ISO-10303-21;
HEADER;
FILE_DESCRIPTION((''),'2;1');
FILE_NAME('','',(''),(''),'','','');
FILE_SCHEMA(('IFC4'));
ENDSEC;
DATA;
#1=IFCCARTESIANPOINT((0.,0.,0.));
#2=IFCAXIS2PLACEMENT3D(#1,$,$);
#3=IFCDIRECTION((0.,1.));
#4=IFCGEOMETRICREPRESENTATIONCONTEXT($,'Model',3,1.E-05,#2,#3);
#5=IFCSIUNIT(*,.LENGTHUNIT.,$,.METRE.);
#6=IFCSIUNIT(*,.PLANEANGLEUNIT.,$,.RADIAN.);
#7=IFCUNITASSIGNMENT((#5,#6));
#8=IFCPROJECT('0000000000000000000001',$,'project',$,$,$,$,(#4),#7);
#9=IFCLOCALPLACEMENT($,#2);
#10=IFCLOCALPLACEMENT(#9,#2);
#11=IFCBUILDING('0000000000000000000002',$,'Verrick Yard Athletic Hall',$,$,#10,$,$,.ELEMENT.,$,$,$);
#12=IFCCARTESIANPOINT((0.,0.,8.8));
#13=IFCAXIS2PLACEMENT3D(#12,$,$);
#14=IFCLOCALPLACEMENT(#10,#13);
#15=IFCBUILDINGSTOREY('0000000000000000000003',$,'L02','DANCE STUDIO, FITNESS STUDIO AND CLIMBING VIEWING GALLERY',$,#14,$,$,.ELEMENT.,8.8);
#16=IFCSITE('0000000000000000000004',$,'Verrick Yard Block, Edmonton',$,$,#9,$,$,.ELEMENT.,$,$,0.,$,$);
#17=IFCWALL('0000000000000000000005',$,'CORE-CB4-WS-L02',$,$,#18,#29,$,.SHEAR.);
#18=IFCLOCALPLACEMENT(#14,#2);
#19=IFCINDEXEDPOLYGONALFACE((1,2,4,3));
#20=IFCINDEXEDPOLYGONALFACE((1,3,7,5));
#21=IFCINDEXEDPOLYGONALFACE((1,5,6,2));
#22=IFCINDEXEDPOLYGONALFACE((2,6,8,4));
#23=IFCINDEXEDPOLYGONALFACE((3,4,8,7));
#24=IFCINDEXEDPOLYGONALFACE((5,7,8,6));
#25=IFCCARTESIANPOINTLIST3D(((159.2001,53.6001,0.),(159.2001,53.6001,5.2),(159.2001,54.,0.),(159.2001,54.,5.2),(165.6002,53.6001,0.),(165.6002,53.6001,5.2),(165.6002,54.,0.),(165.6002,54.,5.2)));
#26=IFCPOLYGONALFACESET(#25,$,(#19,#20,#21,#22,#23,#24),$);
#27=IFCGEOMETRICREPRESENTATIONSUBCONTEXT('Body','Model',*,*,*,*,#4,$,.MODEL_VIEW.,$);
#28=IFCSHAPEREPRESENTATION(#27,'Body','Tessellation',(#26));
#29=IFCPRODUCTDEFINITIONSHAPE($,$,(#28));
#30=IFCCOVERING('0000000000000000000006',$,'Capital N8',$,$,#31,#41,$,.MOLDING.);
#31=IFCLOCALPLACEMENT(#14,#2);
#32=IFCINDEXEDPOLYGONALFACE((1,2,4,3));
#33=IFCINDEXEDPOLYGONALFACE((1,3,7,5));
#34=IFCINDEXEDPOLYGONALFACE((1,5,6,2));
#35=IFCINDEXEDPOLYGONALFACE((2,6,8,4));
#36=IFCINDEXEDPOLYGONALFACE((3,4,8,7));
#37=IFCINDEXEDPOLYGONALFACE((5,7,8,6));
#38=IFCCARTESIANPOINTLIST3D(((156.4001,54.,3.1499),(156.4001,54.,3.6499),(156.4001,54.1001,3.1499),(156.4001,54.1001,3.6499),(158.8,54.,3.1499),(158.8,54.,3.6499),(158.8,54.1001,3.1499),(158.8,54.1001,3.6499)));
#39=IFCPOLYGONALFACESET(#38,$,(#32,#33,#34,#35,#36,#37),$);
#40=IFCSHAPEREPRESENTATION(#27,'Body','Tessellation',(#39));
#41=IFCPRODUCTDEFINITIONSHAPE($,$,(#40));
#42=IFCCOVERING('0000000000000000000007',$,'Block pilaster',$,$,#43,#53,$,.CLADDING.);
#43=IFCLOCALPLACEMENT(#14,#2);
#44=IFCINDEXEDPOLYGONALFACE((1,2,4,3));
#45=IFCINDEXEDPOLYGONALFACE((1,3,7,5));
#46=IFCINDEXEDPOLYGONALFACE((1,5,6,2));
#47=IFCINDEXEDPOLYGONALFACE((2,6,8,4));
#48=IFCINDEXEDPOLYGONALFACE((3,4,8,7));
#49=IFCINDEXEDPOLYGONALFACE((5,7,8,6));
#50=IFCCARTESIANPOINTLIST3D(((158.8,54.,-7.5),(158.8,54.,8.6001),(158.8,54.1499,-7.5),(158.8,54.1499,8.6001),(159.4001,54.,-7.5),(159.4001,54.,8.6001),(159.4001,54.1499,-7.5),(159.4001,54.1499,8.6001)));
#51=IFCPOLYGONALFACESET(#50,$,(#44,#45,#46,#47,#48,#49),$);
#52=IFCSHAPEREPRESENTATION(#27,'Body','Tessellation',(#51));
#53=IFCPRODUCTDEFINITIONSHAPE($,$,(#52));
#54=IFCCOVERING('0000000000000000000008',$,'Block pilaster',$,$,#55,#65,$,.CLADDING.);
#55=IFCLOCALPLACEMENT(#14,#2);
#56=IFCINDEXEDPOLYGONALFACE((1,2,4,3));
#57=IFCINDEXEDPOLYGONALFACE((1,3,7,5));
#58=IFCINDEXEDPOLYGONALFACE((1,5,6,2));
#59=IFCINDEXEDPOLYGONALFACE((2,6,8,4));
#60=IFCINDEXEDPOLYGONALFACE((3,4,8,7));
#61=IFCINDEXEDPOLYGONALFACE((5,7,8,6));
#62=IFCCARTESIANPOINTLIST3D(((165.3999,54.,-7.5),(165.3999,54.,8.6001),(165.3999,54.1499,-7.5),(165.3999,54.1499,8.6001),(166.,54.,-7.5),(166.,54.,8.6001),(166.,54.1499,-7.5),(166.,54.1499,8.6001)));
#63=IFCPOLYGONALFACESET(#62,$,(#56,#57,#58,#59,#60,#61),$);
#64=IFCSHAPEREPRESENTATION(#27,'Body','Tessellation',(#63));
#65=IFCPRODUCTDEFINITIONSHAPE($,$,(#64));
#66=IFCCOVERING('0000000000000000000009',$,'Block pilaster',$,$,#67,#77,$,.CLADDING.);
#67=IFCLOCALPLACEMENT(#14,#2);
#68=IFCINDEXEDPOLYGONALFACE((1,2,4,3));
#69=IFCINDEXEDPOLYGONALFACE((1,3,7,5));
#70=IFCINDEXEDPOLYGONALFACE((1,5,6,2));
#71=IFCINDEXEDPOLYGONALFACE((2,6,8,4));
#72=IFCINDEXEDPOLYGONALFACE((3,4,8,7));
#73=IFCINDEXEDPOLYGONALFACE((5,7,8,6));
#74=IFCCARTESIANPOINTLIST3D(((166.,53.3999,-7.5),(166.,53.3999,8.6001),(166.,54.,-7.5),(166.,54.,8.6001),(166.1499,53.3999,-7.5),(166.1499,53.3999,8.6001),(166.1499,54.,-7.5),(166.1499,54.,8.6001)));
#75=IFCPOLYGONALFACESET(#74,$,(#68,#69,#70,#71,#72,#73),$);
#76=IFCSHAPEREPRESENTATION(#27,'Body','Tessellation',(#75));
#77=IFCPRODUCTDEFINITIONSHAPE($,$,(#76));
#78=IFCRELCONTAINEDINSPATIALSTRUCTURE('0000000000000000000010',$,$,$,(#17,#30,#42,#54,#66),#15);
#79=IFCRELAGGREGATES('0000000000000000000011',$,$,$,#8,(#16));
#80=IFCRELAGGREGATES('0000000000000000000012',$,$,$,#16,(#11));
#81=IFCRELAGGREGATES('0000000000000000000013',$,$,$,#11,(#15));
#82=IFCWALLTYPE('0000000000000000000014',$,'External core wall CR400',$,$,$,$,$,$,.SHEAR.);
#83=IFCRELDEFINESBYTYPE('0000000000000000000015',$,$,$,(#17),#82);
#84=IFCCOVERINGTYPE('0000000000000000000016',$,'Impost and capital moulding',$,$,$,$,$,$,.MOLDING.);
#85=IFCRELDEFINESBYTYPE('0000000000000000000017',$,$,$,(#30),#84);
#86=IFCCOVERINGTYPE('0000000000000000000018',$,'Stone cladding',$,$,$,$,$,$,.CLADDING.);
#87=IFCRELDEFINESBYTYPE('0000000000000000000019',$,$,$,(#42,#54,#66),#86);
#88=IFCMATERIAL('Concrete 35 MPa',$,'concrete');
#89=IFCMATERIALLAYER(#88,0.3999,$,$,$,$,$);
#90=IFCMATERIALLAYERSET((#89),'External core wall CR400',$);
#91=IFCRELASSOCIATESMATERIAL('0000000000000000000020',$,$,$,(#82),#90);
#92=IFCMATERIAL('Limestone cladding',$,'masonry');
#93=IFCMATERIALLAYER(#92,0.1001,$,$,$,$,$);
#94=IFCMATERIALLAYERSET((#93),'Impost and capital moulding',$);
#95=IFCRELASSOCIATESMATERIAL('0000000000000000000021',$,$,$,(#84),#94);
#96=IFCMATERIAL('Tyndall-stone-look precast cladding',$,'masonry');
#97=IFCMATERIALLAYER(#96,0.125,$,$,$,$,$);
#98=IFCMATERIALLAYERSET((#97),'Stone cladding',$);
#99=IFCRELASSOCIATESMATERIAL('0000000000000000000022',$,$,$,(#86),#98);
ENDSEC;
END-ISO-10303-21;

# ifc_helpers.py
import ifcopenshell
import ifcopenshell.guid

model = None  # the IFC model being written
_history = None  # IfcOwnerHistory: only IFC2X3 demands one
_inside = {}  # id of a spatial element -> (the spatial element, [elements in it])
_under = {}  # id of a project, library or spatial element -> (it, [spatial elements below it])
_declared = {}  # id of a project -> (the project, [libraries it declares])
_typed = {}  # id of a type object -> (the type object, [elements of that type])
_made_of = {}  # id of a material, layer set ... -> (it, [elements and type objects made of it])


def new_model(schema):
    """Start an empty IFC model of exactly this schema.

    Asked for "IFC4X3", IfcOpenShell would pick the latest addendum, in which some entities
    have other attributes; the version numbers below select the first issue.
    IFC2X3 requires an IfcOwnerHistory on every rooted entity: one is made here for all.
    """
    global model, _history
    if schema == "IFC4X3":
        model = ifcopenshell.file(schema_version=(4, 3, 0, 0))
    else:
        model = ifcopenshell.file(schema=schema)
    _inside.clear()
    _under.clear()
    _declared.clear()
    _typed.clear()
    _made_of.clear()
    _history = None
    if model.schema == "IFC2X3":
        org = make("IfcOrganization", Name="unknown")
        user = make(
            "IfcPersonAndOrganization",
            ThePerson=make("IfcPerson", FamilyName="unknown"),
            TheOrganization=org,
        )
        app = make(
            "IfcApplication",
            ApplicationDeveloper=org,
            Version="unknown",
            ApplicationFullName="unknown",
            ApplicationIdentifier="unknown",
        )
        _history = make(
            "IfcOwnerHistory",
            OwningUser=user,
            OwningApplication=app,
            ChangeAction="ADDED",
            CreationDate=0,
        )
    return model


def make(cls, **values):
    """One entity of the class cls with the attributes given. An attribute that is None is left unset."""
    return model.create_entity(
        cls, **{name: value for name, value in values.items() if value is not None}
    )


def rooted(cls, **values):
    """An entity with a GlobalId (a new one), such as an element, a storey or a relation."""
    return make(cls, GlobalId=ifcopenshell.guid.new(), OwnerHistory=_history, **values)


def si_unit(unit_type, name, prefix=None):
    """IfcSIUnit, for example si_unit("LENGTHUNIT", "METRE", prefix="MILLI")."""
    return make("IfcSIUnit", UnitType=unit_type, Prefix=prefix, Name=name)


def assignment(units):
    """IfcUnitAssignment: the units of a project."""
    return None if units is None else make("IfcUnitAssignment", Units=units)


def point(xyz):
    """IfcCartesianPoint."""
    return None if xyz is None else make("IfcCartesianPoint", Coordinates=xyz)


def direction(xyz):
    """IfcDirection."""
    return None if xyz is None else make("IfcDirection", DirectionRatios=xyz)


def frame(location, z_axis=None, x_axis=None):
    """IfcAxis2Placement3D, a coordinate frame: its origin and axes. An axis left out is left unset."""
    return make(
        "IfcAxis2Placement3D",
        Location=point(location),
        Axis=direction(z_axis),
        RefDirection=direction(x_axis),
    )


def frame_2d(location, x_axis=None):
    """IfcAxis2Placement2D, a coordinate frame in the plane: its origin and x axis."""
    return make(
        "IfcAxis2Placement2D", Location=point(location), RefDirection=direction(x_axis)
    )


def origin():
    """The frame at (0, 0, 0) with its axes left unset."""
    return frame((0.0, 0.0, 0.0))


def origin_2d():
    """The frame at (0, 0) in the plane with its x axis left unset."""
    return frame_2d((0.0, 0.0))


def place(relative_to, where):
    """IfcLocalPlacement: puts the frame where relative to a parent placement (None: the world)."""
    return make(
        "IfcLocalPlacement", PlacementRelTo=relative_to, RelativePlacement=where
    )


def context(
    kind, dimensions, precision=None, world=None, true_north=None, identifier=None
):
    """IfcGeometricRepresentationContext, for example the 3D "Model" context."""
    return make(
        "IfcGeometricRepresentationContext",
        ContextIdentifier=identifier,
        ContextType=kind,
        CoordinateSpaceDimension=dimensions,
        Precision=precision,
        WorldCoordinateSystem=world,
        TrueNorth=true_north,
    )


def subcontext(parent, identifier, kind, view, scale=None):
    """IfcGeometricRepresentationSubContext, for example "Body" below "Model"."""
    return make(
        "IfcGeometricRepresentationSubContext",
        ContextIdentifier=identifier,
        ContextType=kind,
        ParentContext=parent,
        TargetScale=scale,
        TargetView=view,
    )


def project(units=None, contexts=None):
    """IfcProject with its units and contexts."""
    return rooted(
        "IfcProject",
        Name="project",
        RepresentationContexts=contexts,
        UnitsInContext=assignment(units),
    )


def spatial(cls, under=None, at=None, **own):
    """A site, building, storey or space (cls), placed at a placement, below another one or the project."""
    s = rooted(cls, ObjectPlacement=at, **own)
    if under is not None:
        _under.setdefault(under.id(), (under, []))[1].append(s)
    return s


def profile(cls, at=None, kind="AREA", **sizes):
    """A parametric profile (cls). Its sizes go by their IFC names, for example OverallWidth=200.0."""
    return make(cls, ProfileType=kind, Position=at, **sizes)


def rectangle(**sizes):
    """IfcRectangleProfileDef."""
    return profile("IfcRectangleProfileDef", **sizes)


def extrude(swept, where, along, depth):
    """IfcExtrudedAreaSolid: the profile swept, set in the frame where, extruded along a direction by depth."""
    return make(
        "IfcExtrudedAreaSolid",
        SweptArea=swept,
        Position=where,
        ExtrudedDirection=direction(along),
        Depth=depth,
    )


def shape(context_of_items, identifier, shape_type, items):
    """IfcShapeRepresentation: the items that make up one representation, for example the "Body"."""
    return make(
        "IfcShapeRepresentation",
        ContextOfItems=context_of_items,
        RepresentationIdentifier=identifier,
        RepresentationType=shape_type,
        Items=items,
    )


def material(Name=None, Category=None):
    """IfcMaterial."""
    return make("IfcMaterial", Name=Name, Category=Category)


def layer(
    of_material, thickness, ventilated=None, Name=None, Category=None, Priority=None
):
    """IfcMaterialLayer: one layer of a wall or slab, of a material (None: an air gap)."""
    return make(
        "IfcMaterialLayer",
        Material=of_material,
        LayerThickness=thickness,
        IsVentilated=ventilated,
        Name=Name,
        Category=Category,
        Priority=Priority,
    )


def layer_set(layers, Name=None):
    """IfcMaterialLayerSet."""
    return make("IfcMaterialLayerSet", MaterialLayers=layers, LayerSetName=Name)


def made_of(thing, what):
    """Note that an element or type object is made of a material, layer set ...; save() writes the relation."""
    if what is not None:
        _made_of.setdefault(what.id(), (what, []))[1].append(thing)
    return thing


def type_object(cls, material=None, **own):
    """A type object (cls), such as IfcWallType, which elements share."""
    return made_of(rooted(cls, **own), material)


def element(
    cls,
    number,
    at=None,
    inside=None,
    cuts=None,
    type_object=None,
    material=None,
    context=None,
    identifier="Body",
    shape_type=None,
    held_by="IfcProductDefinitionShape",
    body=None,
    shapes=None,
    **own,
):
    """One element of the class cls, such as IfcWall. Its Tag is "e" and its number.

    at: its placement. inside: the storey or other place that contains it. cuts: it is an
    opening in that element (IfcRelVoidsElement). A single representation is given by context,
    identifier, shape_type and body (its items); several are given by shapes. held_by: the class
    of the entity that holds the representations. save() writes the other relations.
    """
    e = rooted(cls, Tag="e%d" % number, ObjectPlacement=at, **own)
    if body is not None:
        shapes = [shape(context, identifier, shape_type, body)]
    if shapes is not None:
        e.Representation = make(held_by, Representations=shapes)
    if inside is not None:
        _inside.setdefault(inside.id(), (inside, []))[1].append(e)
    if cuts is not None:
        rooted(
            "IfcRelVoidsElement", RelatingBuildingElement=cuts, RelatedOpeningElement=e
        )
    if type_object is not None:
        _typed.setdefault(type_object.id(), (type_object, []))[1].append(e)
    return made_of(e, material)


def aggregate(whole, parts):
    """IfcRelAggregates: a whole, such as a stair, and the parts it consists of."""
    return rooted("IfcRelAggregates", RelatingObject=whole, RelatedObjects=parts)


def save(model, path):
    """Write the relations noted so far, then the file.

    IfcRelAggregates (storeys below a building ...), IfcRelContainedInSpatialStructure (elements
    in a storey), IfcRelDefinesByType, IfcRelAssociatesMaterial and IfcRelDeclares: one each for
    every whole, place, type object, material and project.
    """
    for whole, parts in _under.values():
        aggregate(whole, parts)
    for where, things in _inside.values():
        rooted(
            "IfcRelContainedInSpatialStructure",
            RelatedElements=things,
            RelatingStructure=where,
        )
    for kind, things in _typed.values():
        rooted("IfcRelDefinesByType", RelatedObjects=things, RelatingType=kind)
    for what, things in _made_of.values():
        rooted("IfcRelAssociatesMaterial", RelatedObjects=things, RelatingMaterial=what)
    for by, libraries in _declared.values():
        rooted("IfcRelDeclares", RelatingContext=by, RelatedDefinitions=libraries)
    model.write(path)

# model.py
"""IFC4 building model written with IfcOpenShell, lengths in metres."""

from ifc_helpers import new_model, si_unit, direction, frame, frame_2d, origin, origin_2d, place, context, subcontext, project, spatial, rectangle, extrude, material, layer, layer_set, type_object, element, save


model = new_model("IFC4")

# Units and contexts
model_context = context("Model", 3, precision=1e-05, world=origin(), true_north=direction((0.0, 1.0)))
body_context = subcontext(model_context, "Body", "Model", "MODEL_VIEW")
ifc_project = project(units=[si_unit("LENGTHUNIT", "METRE"), si_unit("PLANEANGLEUNIT", "RADIAN")], contexts=[model_context])

# Site, building, storey
site_placement = place(None, origin())
site = spatial("IfcSite", under=ifc_project, at=site_placement, Name="Verrick Yard Block, Edmonton", CompositionType="ELEMENT", RefElevation=0.0)
building_placement = place(site_placement, origin())
building = spatial("IfcBuilding", under=site, at=building_placement, Name="Verrick Yard Athletic Hall", CompositionType="ELEMENT")
storey_placement = place(building_placement, frame((0.0, 0.0, 8.8)))
storey = spatial("IfcBuildingStorey", under=building, at=storey_placement, Name="L02", Description="DANCE STUDIO, FITNESS STUDIO AND CLIMBING VIEWING GALLERY", CompositionType="ELEMENT", Elevation=8.8)

# Shared definitions
ifc_material_1 = material(Name="Concrete 35 MPa", Category="concrete")

# Wall
ifc_layer_1 = layer(ifc_material_1, 0.3999)
ifc_layer_set_1 = layer_set([ifc_layer_1], Name="External core wall CR400")
wall_type = type_object("IfcWallType", Name="External core wall CR400", PredefinedType="SHEAR", material=ifc_layer_set_1)
wall_1_placement = place(storey_placement, frame((159.2, 53.8, 0.0), z_axis=(0.0, 0.0, 1.0), x_axis=(1.0, 0.0, 0.0)))
element("IfcWall", 1, at=wall_1_placement, inside=storey, type_object=wall_type, Name="CORE-CB4-WS-L02", PredefinedType="SHEAR", context=body_context, shape_type="SweptSolid", body=[
    extrude(rectangle(XDim=6.4001, YDim=0.3999, at=frame_2d((3.2002, 0.0))), origin(), (0.0, 0.0, 1.0), 5.2),
])

# Coverings
ifc_material_2 = material(Name="Limestone cladding", Category="masonry")
ifc_layer_2 = layer(ifc_material_2, 0.1001)
ifc_layer_set_2 = layer_set([ifc_layer_2], Name="Impost and capital moulding")
covering_type_1 = type_object("IfcCoveringType", Name="Impost and capital moulding", PredefinedType="MOLDING", material=ifc_layer_set_2)
covering_1_placement = place(storey_placement, frame((157.6001, 54.05, 3.1499), z_axis=(0.0, 0.0, 1.0), x_axis=(1.0, 0.0, 0.0)))
element("IfcCovering", 2, at=covering_1_placement, inside=storey, type_object=covering_type_1, Name="Capital N8", PredefinedType="MOLDING", context=body_context, shape_type="SweptSolid", body=[
    extrude(rectangle(XDim=2.3999, YDim=0.1001, at=origin_2d()), origin(), (0.0, 0.0, 1.0), 0.5),
])
ifc_material_3 = material(Name="Tyndall-stone-look precast cladding", Category="masonry")
ifc_layer_3 = layer(ifc_material_3, 0.125)
ifc_layer_set_3 = layer_set([ifc_layer_3], Name="Stone cladding")
covering_type_2 = type_object("IfcCoveringType", Name="Stone cladding", PredefinedType="CLADDING", material=ifc_layer_set_3)
for number, where, z_axis, x_axis, name in (
    (3, (159.1001, 54.075, -7.5), (0.0, 0.0, 1.0), (1.0, 0.0, 0.0), "Block pilaster"),
    (4, (165.7, 54.075, -7.5), (0.0, 0.0, 1.0), (1.0, 0.0, 0.0), "Block pilaster"),
):
    element("IfcCovering", number, at=place(storey_placement, frame(where, z_axis=z_axis, x_axis=x_axis)), inside=storey, type_object=covering_type_2, Name=name, PredefinedType="CLADDING", context=body_context, shape_type="SweptSolid", body=[
        extrude(rectangle(XDim=0.6001, YDim=0.1499, at=origin_2d()), origin(), (0.0, 0.0, 1.0), 16.1001),
    ])
covering_2_placement = place(storey_placement, frame((166.075, 53.7, -7.5), z_axis=(0.0, 0.0, 1.0), x_axis=(1.0, 0.0, 0.0)))
element("IfcCovering", 5, at=covering_2_placement, inside=storey, type_object=covering_type_2, Name="Block pilaster", PredefinedType="CLADDING", context=body_context, shape_type="SweptSolid", body=[
    extrude(rectangle(XDim=0.1499, YDim=0.6001, at=origin_2d()), origin(), (0.0, 0.0, 1.0), 16.1001),
])

save(model, "model.ifc")
